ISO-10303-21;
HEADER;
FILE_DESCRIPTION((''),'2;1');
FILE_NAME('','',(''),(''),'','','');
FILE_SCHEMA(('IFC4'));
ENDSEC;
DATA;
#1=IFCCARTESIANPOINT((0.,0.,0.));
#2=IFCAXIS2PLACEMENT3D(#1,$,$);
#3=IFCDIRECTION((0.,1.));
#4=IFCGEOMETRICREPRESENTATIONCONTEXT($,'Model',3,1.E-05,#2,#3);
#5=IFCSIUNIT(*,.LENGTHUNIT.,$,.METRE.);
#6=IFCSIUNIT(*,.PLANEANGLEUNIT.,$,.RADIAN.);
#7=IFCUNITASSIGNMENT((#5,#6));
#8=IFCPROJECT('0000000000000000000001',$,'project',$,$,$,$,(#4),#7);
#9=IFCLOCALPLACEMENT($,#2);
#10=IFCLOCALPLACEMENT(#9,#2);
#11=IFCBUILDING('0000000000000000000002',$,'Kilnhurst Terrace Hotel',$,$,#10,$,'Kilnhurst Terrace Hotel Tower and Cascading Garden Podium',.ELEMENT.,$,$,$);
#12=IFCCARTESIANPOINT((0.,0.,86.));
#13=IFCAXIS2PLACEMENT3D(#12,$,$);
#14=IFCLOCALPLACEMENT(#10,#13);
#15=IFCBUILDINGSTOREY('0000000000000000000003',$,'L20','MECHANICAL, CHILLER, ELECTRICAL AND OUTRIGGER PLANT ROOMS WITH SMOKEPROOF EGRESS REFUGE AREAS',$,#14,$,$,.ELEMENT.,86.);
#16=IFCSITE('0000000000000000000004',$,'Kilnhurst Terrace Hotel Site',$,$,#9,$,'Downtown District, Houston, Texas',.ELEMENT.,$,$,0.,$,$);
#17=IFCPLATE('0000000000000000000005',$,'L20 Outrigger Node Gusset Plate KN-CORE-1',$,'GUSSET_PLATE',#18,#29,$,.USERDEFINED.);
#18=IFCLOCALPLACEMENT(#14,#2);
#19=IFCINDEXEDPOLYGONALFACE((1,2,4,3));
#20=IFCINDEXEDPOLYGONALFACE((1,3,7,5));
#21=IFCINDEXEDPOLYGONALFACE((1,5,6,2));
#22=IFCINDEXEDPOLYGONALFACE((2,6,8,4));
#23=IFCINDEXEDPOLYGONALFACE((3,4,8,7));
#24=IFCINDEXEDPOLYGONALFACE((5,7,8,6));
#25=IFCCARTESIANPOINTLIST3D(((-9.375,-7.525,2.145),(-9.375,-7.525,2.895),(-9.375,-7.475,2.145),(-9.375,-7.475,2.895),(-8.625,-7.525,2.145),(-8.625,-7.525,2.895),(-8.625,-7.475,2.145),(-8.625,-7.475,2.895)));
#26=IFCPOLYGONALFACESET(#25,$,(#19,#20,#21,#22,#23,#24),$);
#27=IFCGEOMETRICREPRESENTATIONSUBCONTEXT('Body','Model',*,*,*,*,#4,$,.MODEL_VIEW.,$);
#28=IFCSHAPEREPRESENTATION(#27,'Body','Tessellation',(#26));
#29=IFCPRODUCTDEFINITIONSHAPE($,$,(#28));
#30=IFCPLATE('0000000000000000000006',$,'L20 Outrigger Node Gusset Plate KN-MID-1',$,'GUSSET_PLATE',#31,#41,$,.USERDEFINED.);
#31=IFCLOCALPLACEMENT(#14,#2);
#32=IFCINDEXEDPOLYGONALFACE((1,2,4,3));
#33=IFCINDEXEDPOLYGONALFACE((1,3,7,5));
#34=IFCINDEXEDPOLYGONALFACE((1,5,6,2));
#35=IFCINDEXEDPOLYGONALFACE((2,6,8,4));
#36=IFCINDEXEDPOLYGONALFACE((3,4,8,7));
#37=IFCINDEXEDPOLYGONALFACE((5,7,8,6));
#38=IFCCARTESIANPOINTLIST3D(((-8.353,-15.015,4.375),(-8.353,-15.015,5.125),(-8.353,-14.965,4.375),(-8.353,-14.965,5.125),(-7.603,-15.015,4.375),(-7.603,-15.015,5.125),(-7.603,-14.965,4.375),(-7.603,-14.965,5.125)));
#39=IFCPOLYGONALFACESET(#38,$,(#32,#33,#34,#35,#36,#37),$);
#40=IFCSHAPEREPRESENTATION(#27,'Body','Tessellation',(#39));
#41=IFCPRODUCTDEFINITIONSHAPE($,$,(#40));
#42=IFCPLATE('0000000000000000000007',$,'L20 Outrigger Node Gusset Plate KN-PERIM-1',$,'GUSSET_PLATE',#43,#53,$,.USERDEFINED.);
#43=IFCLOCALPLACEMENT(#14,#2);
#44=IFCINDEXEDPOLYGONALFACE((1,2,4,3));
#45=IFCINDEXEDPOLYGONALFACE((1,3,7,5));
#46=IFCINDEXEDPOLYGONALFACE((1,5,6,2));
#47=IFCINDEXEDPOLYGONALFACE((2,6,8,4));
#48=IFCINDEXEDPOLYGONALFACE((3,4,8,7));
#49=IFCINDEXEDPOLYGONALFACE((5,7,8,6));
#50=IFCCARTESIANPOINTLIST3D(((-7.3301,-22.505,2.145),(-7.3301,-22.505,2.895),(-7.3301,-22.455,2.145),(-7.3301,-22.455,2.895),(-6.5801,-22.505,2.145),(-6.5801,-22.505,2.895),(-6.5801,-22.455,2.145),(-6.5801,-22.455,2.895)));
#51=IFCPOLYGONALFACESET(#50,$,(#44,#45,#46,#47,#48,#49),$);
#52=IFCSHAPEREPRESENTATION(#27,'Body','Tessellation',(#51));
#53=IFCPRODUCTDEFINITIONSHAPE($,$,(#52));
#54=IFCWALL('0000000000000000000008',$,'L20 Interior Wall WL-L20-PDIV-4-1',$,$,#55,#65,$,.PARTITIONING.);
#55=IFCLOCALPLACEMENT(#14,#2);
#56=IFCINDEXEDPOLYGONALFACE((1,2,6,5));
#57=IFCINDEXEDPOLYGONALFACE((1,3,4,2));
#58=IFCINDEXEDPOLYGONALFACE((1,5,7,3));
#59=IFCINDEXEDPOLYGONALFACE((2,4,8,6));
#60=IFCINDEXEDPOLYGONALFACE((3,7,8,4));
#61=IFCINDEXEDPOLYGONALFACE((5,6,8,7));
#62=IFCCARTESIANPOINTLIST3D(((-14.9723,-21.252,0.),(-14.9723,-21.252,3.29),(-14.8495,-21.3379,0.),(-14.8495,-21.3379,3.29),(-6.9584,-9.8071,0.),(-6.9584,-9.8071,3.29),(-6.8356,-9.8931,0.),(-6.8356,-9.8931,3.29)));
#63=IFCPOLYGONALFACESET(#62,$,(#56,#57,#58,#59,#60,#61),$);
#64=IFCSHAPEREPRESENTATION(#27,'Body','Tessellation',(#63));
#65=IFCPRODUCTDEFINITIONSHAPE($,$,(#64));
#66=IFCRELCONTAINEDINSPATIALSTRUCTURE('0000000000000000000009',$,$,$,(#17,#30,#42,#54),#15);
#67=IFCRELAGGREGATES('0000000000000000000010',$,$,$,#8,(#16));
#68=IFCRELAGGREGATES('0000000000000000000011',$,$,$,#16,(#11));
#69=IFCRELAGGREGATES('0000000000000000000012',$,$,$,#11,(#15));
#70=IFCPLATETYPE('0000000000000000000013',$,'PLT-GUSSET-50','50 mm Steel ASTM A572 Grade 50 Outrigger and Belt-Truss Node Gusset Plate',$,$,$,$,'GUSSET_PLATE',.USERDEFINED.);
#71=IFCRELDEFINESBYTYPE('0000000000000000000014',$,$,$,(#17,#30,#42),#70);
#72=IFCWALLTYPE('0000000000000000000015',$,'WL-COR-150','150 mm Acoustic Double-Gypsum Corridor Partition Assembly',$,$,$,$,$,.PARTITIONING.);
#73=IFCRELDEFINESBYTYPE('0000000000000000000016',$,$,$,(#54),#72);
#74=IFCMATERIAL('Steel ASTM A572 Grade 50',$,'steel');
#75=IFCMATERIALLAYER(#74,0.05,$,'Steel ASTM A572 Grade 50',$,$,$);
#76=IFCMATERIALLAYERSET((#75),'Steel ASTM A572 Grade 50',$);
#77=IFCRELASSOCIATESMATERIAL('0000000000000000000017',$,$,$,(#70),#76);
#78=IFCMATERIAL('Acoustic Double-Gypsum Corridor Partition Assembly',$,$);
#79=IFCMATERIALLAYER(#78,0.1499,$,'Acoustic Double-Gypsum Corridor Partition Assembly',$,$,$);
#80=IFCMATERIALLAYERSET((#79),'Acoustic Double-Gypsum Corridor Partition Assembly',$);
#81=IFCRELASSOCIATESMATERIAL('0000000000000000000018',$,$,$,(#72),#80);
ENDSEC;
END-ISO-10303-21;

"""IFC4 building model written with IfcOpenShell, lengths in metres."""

from ifc_helpers import new_model, si_unit, direction, frame, frame_2d, origin, origin_2d, place, context, subcontext, project, spatial, rectangle, extrude, material, layer, layer_set, type_object, element, save


model = new_model("IFC4")

# Units and contexts
model_context = context("Model", 3, precision=1e-05, world=origin(), true_north=direction((0.0, 1.0)))
body_context = subcontext(model_context, "Body", "Model", "MODEL_VIEW")
ifc_project = project(units=[si_unit("LENGTHUNIT", "METRE"), si_unit("PLANEANGLEUNIT", "RADIAN")], contexts=[model_context])

# Site, building, storey
site_placement = place(None, origin())
site = spatial("IfcSite", under=ifc_project, at=site_placement, Name="Kilnhurst Terrace Hotel Site", LongName="Downtown District, Houston, Texas", CompositionType="ELEMENT", RefElevation=0.0)
building_placement = place(site_placement, origin())
building = spatial("IfcBuilding", under=site, at=building_placement, Name="Kilnhurst Terrace Hotel", LongName="Kilnhurst Terrace Hotel Tower and Cascading Garden Podium", CompositionType="ELEMENT")
storey_placement = place(building_placement, frame((0.0, 0.0, 86.0)))
storey = spatial("IfcBuildingStorey", under=building, at=storey_placement, Name="L20", Description="MECHANICAL, CHILLER, ELECTRICAL AND OUTRIGGER PLANT ROOMS WITH SMOKEPROOF EGRESS REFUGE AREAS", CompositionType="ELEMENT", Elevation=86.0)

# Shared definitions
ifc_material_1 = material(Name="Steel ASTM A572 Grade 50", Category="steel")

# Plates
ifc_layer_1 = layer(ifc_material_1, 0.05, Name="Steel ASTM A572 Grade 50")
ifc_layer_set_1 = layer_set([ifc_layer_1], Name="Steel ASTM A572 Grade 50")
plate_type = type_object("IfcPlateType", Name="PLT-GUSSET-50", Description="50 mm Steel ASTM A572 Grade 50 Outrigger and Belt-Truss Node Gusset Plate", ElementType="GUSSET_PLATE", PredefinedType="USERDEFINED", material=ifc_layer_set_1)
for number, where, z_axis, x_axis, name in (
    (1, (-9.0, -7.5, 2.145), (0.0, 0.0, 1.0), (1.0, 0.0, 0.0), "L20 Outrigger Node Gusset Plate KN-CORE-1"),
    (2, (-7.978, -14.99, 4.375), (0.0, 0.0, 1.0), (1.0, 0.0, 0.0), "L20 Outrigger Node Gusset Plate KN-MID-1"),
    (3, (-6.9551, -22.48, 2.145), (0.0, 0.0, 1.0), (1.0, 0.0, 0.0), "L20 Outrigger Node Gusset Plate KN-PERIM-1"),
):
    element("IfcPlate", number, at=place(storey_placement, frame(where, z_axis=z_axis, x_axis=x_axis)), inside=storey, type_object=plate_type, Name=name, ObjectType="GUSSET_PLATE", PredefinedType="USERDEFINED", context=body_context, shape_type="SweptSolid", body=[
        extrude(rectangle(XDim=0.75, YDim=0.05, at=origin_2d()), origin(), (0.0, 0.0, 1.0), 0.75),
    ])

# Wall
ifc_material_2 = material(Name="Acoustic Double-Gypsum Corridor Partition Assembly")
ifc_layer_2 = layer(ifc_material_2, 0.1499, Name="Acoustic Double-Gypsum Corridor Partition Assembly")
ifc_layer_set_2 = layer_set([ifc_layer_2], Name="Acoustic Double-Gypsum Corridor Partition Assembly")
wall_type = type_object("IfcWallType", Name="WL-COR-150", Description="150 mm Acoustic Double-Gypsum Corridor Partition Assembly", PredefinedType="PARTITIONING", material=ifc_layer_set_2)
wall_placement = place(storey_placement, frame((-6.897, -9.8501, 0.0), z_axis=(0.0, 0.0, 1.0), x_axis=(-0.573584, -0.819147, 0.0)))
element("IfcWall", 4, at=wall_placement, inside=storey, type_object=wall_type, Name="L20 Interior Wall WL-L20-PDIV-4-1", PredefinedType="PARTITIONING", context=body_context, shape_type="SweptSolid", body=[
    extrude(rectangle(XDim=13.9717, YDim=0.1499, at=frame_2d((6.9858, 0.0))), origin(), (0.0, 0.0, 1.0), 3.29),
])

save(model, "model.ifc")
